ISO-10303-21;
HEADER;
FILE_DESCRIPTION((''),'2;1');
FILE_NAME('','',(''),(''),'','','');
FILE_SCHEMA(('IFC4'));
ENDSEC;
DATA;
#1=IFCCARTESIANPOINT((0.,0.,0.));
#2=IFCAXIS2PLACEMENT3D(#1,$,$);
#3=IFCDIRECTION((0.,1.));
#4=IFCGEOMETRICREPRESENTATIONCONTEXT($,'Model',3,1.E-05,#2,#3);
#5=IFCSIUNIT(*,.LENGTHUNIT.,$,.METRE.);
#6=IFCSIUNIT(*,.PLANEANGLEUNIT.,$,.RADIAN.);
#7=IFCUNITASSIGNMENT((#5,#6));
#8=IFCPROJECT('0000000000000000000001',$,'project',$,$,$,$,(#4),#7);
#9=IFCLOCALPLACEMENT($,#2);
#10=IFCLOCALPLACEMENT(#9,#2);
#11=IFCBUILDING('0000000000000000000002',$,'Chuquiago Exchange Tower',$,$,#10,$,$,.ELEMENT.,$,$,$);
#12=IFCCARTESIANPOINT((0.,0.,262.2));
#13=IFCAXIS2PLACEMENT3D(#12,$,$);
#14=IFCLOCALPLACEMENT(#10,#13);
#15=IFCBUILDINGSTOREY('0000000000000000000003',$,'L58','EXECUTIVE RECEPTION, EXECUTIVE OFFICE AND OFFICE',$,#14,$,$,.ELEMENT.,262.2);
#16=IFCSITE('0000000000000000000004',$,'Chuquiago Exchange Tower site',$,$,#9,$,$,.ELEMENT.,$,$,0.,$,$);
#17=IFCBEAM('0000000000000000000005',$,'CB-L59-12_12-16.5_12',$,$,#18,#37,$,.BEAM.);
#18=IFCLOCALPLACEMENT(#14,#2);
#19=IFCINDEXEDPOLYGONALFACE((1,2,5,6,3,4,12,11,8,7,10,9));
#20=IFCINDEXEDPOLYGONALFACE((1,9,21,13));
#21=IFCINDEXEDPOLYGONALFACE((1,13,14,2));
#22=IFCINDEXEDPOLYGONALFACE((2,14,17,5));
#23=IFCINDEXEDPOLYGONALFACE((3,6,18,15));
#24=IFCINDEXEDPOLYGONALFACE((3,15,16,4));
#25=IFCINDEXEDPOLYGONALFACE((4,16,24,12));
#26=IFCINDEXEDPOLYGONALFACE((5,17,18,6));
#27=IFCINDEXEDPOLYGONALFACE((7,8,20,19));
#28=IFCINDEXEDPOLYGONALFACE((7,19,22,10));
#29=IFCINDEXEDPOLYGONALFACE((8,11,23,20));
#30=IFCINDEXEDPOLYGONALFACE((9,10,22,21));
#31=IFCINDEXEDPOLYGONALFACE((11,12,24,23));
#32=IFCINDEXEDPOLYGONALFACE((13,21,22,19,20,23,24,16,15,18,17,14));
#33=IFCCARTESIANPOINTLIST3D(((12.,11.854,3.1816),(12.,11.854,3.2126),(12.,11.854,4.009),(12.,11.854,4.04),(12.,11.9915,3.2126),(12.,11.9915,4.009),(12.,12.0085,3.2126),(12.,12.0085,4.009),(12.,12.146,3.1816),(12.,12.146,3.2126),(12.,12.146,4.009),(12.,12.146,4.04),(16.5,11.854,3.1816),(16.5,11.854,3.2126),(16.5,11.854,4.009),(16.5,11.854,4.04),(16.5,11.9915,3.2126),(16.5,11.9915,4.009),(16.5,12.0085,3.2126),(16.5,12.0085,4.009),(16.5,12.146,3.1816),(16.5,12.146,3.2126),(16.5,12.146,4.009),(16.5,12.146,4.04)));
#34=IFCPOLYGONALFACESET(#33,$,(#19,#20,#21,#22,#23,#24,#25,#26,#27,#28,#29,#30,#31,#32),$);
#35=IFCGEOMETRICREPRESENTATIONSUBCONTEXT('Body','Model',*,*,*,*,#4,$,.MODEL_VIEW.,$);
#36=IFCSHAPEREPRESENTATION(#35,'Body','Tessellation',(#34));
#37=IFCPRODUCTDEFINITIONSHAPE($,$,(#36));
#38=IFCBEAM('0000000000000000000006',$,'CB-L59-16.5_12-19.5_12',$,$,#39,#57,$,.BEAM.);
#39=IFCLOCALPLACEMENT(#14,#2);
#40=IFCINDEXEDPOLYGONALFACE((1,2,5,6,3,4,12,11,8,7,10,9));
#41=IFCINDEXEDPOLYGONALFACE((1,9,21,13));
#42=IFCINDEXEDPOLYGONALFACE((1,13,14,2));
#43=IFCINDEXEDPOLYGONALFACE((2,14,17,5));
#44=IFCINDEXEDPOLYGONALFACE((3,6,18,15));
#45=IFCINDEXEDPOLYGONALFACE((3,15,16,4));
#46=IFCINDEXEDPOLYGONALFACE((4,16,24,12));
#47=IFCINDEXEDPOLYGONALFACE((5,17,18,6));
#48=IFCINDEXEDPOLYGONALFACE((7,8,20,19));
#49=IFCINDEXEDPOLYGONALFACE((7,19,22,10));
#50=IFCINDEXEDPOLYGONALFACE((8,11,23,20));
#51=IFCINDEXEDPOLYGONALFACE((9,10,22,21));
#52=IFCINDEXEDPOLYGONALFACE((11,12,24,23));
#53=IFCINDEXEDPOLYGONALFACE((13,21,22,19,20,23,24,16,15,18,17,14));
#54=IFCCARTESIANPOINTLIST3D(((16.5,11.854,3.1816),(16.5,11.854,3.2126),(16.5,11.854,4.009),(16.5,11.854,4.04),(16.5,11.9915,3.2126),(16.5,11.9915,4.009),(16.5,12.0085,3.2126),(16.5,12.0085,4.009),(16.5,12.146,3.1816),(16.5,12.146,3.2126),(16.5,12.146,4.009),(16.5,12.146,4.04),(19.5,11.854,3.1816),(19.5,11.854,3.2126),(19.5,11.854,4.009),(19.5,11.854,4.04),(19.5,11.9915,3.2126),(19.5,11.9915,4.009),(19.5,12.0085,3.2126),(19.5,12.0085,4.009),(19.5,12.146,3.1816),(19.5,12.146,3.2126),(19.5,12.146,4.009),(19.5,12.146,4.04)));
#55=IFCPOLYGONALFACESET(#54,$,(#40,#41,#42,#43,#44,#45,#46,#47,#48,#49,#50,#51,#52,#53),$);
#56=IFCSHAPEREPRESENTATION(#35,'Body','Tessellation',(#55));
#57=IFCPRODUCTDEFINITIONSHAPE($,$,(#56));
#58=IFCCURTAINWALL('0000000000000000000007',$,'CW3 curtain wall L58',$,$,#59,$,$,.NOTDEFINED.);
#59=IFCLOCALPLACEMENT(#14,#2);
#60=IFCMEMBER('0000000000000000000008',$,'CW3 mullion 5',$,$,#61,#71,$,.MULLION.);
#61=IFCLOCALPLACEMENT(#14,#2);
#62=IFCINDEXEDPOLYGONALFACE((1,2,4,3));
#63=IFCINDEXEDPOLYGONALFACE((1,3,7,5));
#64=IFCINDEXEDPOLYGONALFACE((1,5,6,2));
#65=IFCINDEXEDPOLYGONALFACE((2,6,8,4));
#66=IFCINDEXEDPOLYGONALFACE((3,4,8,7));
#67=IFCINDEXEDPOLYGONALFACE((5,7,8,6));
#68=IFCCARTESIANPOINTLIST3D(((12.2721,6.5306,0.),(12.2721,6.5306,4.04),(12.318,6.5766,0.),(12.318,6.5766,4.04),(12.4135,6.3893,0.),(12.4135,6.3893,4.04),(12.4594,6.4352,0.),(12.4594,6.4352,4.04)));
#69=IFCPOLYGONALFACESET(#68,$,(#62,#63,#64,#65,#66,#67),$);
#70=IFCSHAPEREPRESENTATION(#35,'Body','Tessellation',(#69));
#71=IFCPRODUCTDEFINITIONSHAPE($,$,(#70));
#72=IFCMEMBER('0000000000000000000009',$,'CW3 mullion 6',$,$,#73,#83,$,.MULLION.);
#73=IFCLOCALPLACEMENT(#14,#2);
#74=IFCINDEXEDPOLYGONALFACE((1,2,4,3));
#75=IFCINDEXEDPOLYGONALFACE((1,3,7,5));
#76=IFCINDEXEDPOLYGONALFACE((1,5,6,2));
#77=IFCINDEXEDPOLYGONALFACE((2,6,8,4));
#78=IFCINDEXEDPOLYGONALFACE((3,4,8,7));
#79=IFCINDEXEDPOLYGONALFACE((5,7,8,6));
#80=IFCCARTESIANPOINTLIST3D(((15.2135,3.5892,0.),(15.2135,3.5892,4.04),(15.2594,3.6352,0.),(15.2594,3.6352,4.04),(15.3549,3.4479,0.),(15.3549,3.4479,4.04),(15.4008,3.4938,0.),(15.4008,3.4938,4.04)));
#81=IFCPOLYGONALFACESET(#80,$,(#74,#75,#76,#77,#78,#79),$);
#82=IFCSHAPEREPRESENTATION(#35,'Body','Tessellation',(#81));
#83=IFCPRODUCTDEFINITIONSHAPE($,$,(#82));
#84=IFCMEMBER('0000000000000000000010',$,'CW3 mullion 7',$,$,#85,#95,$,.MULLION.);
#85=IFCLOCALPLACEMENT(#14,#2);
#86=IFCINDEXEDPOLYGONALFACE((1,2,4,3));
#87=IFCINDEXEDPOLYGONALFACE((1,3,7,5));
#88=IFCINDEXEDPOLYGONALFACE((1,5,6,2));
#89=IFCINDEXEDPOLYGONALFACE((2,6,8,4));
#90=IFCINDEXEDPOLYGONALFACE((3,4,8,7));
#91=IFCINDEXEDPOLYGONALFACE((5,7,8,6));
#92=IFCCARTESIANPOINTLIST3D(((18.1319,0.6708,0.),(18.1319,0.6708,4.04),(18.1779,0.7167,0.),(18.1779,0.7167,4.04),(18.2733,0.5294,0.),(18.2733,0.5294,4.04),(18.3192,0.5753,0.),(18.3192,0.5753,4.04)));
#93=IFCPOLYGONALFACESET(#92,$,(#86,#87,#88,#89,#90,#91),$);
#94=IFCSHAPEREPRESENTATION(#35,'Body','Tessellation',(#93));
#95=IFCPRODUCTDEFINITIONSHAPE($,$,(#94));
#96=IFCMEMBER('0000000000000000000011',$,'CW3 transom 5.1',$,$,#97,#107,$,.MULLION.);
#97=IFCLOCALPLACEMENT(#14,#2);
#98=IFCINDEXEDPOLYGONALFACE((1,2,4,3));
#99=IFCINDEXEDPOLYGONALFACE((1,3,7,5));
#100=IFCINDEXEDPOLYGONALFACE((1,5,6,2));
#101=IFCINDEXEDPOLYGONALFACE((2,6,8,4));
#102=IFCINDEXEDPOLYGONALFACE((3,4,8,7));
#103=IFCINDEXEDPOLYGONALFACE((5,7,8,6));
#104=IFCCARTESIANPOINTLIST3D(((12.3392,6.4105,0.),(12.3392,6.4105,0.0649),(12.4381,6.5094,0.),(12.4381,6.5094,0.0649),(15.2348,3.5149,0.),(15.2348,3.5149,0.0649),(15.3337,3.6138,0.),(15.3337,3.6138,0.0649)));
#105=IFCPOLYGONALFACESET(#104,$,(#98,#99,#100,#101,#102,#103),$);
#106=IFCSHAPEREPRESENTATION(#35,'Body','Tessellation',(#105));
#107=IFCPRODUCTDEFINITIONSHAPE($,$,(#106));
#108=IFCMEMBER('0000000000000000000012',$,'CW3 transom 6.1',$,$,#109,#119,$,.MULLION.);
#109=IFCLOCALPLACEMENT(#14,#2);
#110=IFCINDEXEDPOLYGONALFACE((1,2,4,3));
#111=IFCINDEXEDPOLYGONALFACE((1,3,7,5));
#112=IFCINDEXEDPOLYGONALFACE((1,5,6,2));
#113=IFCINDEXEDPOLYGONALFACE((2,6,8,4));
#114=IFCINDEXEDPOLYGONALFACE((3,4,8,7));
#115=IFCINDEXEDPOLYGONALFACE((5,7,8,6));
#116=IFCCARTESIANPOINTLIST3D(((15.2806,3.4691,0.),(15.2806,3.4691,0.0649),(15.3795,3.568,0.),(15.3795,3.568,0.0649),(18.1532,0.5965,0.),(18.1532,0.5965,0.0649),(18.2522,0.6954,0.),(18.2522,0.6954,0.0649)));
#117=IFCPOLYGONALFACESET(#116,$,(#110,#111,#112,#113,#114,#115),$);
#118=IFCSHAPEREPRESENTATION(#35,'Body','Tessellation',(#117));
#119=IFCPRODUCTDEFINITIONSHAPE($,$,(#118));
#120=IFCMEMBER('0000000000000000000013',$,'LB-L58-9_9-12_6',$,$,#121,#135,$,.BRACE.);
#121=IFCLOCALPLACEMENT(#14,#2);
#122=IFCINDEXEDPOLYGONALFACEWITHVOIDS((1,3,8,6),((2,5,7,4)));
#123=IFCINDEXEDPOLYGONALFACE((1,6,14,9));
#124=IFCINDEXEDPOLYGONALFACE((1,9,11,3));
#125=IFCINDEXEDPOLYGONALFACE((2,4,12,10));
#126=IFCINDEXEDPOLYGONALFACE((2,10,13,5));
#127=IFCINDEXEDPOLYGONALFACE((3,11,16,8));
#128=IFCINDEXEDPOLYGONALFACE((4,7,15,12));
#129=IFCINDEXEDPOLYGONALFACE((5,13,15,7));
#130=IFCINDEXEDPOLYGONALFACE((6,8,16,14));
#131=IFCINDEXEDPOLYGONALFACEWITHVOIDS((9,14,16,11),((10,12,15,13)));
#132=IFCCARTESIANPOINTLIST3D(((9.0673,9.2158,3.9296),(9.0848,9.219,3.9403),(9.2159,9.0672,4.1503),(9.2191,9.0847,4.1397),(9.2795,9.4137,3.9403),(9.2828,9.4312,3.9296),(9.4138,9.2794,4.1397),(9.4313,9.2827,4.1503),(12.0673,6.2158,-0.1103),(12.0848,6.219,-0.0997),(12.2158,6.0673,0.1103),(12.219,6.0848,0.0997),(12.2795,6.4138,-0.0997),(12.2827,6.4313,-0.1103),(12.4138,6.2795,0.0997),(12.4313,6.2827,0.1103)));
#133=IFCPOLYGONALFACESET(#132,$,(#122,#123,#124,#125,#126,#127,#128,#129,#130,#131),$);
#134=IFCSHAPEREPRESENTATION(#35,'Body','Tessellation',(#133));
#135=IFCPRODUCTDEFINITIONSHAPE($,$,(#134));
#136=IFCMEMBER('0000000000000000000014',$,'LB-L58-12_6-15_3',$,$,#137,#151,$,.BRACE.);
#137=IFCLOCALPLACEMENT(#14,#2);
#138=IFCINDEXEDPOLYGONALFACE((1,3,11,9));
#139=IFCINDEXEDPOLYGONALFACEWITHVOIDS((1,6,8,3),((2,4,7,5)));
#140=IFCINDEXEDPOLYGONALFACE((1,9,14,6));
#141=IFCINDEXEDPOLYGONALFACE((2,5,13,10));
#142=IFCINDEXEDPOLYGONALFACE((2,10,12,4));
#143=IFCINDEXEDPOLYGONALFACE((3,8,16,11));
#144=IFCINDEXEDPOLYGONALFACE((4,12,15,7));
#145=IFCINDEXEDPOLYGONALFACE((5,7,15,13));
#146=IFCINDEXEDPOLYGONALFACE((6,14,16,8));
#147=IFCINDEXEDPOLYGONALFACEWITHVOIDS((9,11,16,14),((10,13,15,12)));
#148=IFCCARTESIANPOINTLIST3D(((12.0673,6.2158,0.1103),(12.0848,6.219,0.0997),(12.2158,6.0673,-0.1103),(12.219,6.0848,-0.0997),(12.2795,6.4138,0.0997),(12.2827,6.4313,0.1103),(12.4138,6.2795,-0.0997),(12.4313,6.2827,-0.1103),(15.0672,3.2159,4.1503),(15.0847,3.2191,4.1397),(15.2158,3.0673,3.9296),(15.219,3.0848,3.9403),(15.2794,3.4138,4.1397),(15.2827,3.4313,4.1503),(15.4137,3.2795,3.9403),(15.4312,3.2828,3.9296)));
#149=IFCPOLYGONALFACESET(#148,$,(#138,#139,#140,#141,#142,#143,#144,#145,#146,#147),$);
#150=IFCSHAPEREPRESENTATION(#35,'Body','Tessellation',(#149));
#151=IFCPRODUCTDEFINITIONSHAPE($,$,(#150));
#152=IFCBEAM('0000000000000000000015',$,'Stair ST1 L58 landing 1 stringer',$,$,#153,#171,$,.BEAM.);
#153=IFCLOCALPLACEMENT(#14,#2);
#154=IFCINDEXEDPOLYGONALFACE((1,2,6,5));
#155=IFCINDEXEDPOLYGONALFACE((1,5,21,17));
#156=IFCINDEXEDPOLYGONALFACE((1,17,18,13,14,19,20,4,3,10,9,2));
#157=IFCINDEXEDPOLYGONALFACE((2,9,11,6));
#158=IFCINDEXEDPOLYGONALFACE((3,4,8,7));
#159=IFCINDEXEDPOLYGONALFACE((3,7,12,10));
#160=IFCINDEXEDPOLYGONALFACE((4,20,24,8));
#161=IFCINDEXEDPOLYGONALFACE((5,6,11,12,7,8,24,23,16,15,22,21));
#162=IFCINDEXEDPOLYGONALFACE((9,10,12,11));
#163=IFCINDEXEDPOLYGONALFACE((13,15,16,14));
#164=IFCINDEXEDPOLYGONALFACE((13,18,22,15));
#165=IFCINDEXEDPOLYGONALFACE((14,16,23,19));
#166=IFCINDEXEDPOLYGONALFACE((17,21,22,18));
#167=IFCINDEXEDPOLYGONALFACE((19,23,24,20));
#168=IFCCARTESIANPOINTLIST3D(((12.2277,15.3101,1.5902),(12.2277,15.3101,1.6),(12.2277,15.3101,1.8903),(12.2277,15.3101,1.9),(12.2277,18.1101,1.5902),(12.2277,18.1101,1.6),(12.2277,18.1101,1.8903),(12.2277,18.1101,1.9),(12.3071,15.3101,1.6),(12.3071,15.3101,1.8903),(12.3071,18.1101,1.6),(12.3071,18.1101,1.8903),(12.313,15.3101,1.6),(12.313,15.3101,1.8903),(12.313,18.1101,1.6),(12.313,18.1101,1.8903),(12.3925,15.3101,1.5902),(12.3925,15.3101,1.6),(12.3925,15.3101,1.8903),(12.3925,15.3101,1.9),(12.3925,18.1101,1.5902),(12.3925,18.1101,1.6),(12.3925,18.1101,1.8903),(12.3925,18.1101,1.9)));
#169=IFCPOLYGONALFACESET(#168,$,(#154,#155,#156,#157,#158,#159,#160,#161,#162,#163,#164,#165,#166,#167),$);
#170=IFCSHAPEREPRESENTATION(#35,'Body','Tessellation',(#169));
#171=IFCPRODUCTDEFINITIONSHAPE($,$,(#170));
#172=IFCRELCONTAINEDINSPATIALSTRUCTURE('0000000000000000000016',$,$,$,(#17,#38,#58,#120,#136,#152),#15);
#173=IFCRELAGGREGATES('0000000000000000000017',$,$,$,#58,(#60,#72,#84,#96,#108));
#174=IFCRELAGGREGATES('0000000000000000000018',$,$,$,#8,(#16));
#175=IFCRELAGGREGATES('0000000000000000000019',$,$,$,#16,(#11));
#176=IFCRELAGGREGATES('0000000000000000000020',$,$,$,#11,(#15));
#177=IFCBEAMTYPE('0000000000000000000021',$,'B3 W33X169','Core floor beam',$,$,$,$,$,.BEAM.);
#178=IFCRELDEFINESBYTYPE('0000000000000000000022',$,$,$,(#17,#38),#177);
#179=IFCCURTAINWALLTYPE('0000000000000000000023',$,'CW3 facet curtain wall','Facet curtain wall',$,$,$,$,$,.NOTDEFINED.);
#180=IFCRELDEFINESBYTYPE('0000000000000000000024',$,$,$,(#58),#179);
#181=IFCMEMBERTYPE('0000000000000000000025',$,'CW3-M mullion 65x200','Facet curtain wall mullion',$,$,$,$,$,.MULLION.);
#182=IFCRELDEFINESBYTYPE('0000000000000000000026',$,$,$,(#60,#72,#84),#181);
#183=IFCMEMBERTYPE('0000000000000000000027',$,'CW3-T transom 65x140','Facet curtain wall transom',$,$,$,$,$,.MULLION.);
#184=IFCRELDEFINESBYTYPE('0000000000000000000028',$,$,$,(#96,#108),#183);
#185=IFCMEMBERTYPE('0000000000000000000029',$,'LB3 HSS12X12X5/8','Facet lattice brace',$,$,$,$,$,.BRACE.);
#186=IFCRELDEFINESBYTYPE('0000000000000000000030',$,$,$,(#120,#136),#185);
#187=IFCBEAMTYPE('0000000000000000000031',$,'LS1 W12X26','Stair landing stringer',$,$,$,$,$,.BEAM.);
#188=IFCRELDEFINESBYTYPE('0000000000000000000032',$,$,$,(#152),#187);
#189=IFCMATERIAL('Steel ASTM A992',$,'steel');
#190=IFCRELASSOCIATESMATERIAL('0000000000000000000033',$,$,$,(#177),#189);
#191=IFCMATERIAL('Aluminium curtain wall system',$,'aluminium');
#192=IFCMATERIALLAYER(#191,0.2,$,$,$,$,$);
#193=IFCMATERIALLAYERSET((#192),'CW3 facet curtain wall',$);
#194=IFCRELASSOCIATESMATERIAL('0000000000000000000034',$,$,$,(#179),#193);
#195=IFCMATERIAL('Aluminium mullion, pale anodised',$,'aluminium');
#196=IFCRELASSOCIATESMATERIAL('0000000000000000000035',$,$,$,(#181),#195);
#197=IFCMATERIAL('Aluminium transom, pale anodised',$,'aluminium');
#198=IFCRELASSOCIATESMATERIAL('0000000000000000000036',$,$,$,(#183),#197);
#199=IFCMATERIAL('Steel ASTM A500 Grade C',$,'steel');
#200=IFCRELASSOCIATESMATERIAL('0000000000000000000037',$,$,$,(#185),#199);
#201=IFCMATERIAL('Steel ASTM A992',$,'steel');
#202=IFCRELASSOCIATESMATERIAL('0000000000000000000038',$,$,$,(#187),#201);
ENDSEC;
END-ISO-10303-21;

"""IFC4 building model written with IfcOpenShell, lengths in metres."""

from ifc_helpers import new_model, si_unit, direction, frame, origin, origin_2d, place, context, subcontext, project, spatial, rectangle, hollow_rectangle, i_section, extrude, material, layer, layer_set, material_profile, profile_set, type_object, element, aggregate, save


model = new_model("IFC4")

# Units and contexts
model_context = context("Model", 3, precision=1e-05, world=origin(), true_north=direction((0.0, 1.0)))
body_context = subcontext(model_context, "Body", "Model", "MODEL_VIEW")
ifc_project = project(units=[si_unit("LENGTHUNIT", "METRE"), si_unit("PLANEANGLEUNIT", "RADIAN")], contexts=[model_context])

# Site, building, storey
site_placement = place(None, origin())
site = spatial("IfcSite", under=ifc_project, at=site_placement, Name="Chuquiago Exchange Tower site", CompositionType="ELEMENT", RefElevation=0.0)
building_placement = place(site_placement, origin())
building = spatial("IfcBuilding", under=site, at=building_placement, Name="Chuquiago Exchange Tower", CompositionType="ELEMENT")
storey_placement = place(building_placement, frame((0.0, 0.0, 262.2)))
storey = spatial("IfcBuildingStorey", under=building, at=storey_placement, Name="L58", Description="EXECUTIVE RECEPTION, EXECUTIVE OFFICE AND OFFICE", CompositionType="ELEMENT", Elevation=262.2)

# Beams
ifc_material_1 = material(Name="Steel ASTM A992", Category="steel")
ifc_material_profile_1 = material_profile(ifc_material_1, i_section(OverallWidth=0.292, OverallDepth=0.8584, WebThickness=0.0171, FlangeThickness=0.031, at=origin_2d()), Name="W33X169")
ifc_profile_set_1 = profile_set([ifc_material_profile_1], Name="Steel ASTM A992")
beam_type_1 = type_object("IfcBeamType", Name="B3 W33X169", Description="Core floor beam", PredefinedType="BEAM", material=ifc_profile_set_1)
beam_1_placement = place(storey_placement, frame((12.0, 12.0, 3.6108), z_axis=(1.0, 0.0, 0.0), x_axis=(0.0, 1.0, 0.0)))
element("IfcBeam", 1, at=beam_1_placement, inside=storey, type_object=beam_type_1, Name="CB-L59-12_12-16.5_12", PredefinedType="BEAM", context=body_context, shape_type="SweptSolid", body=[
    extrude(i_section(OverallWidth=0.292, OverallDepth=0.8584, WebThickness=0.0171, FlangeThickness=0.031, at=origin_2d()), origin(), (0.0, 0.0, 1.0), 4.5),
])
beam_2_placement = place(storey_placement, frame((16.5, 12.0, 3.6108), z_axis=(1.0, 0.0, 0.0), x_axis=(0.0, 1.0, 0.0)))
element("IfcBeam", 2, at=beam_2_placement, inside=storey, type_object=beam_type_1, Name="CB-L59-16.5_12-19.5_12", PredefinedType="BEAM", context=body_context, shape_type="SweptSolid", body=[
    extrude(i_section(OverallWidth=0.292, OverallDepth=0.8584, WebThickness=0.0171, FlangeThickness=0.031, at=origin_2d()), origin(), (0.0, 0.0, 1.0), 3.0),
])

# Curtain wall, members
ifc_material_2 = material(Name="Aluminium curtain wall system", Category="aluminium")
ifc_layer_1 = layer(ifc_material_2, 0.2)
ifc_layer_set_1 = layer_set([ifc_layer_1], Name="CW3 facet curtain wall")
curtain_wall_type = type_object("IfcCurtainWallType", Name="CW3 facet curtain wall", Description="Facet curtain wall", PredefinedType="NOTDEFINED", material=ifc_layer_set_1)
curtain_wall_placement = place(storey_placement, origin())
curtain_wall = element("IfcCurtainWall", 3, at=curtain_wall_placement, inside=storey, type_object=curtain_wall_type, Name="CW3 curtain wall L58", PredefinedType="NOTDEFINED")
ifc_material_3 = material(Name="Aluminium mullion, pale anodised", Category="aluminium")
ifc_material_profile_2 = material_profile(ifc_material_3, rectangle(XDim=0.0649, YDim=0.2, at=origin_2d()), Name="AL 65x200")
ifc_profile_set_2 = profile_set([ifc_material_profile_2], Name="Aluminium mullion, pale anodised")
member_type_1 = type_object("IfcMemberType", Name="CW3-M mullion 65x200", Description="Facet curtain wall mullion", PredefinedType="MULLION", material=ifc_profile_set_2)
member_1_placement = place(storey_placement, frame((12.3657, 6.4829, 0.0), z_axis=(0.0, 0.0, 1.0), x_axis=(0.707107, 0.707107, 0.0)))
member_1 = element("IfcMember", 4, at=member_1_placement, type_object=member_type_1, Name="CW3 mullion 5", PredefinedType="MULLION", context=body_context, shape_type="SweptSolid", body=[
    extrude(rectangle(XDim=0.0649, YDim=0.2, at=origin_2d()), origin(), (0.0, 0.0, 1.0), 4.04),
])
member_2_placement = place(storey_placement, frame((15.3071, 3.5415, 0.0), z_axis=(0.0, 0.0, 1.0), x_axis=(0.707107, 0.707107, 0.0)))
member_2 = element("IfcMember", 5, at=member_2_placement, type_object=member_type_1, Name="CW3 mullion 6", PredefinedType="MULLION", context=body_context, shape_type="SweptSolid", body=[
    extrude(rectangle(XDim=0.0649, YDim=0.2, at=origin_2d()), origin(), (0.0, 0.0, 1.0), 4.04),
])
member_3_placement = place(storey_placement, frame((18.2256, 0.623, 0.0), z_axis=(0.0, 0.0, 1.0), x_axis=(0.707107, 0.707107, 0.0)))
member_3 = element("IfcMember", 6, at=member_3_placement, type_object=member_type_1, Name="CW3 mullion 7", PredefinedType="MULLION", context=body_context, shape_type="SweptSolid", body=[
    extrude(rectangle(XDim=0.0649, YDim=0.2, at=origin_2d()), origin(), (0.0, 0.0, 1.0), 4.04),
])
ifc_material_4 = material(Name="Aluminium transom, pale anodised", Category="aluminium")
ifc_material_profile_3 = material_profile(ifc_material_4, rectangle(XDim=0.1399, YDim=0.0649, at=origin_2d()), Name="AL 140x65")
ifc_profile_set_3 = profile_set([ifc_material_profile_3], Name="Aluminium transom, pale anodised")
member_type_2 = type_object("IfcMemberType", Name="CW3-T transom 65x140", Description="Facet curtain wall transom", PredefinedType="MULLION", material=ifc_profile_set_3)
member_4_placement = place(storey_placement, frame((12.3887, 6.46, 0.0325), z_axis=(0.707107, -0.707107, 0.0), x_axis=(0.707107, 0.707107, 0.0)))
member_4 = element("IfcMember", 7, at=member_4_placement, type_object=member_type_2, Name="CW3 transom 5.1", PredefinedType="MULLION", context=body_context, shape_type="SweptSolid", body=[
    extrude(rectangle(XDim=0.1399, YDim=0.0649, at=origin_2d()), origin(), (0.0, 0.0, 1.0), 4.095),
])
member_5_placement = place(storey_placement, frame((15.3301, 3.5186, 0.0325), z_axis=(0.707107, -0.707107, 0.0), x_axis=(0.707107, 0.707107, 0.0)))
member_5 = element("IfcMember", 8, at=member_5_placement, type_object=member_type_2, Name="CW3 transom 6.1", PredefinedType="MULLION", context=body_context, shape_type="SweptSolid", body=[
    extrude(rectangle(XDim=0.1399, YDim=0.0649, at=origin_2d()), origin(), (0.0, 0.0, 1.0), 4.0625),
])

# Members
ifc_material_5 = material(Name="Steel ASTM A500 Grade C", Category="steel")
ifc_material_profile_4 = material_profile(ifc_material_5, hollow_rectangle(XDim=0.3047, YDim=0.3047, WallThickness=0.0146, at=origin_2d()), Name="HSS12X12X5/8")
ifc_profile_set_4 = profile_set([ifc_material_profile_4], Name="Steel ASTM A500 Grade C")
member_type_3 = type_object("IfcMemberType", Name="LB3 HSS12X12X5/8", Description="Facet lattice brace", PredefinedType="BRACE", material=ifc_profile_set_4)
for number, where, z_axis, x_axis, name in (
    (9, (12.2493, 6.2493, 0.0), (-0.512077, 0.512077, 0.689604), (-0.707107, -0.707107, 0.0), "LB-L58-9_9-12_6"),
    (10, (12.2493, 6.2493, 0.0), (0.512077, -0.512077, 0.689604), (0.707107, 0.707107, 0.0), "LB-L58-12_6-15_3"),
):
    element("IfcMember", number, at=place(storey_placement, frame(where, z_axis=z_axis, x_axis=x_axis)), inside=storey, type_object=member_type_3, Name=name, PredefinedType="BRACE", context=body_context, shape_type="SweptSolid", body=[
        extrude(hollow_rectangle(XDim=0.3047, YDim=0.3047, WallThickness=0.0146, at=origin_2d()), origin(), (0.0, 0.0, 1.0), 5.8584),
    ])

# Beam
ifc_material_6 = material(Name="Steel ASTM A992", Category="steel")
ifc_material_profile_5 = material_profile(ifc_material_6, i_section(OverallWidth=0.1648, OverallDepth=0.3098, WebThickness=0.0059, FlangeThickness=0.0098, at=origin_2d()), Name="W12X26")
ifc_profile_set_5 = profile_set([ifc_material_profile_5], Name="Steel ASTM A992")
beam_type_2 = type_object("IfcBeamType", Name="LS1 W12X26", Description="Stair landing stringer", PredefinedType="BEAM", material=ifc_profile_set_5)
beam_3_placement = place(storey_placement, frame((12.3101, 15.3101, 1.7451), z_axis=(0.0, 1.0, 0.0), x_axis=(-1.0, 0.0, 0.0)))
element("IfcBeam", 11, at=beam_3_placement, inside=storey, type_object=beam_type_2, Name="Stair ST1 L58 landing 1 stringer", PredefinedType="BEAM", context=body_context, shape_type="SweptSolid", body=[
    extrude(i_section(OverallWidth=0.1648, OverallDepth=0.3098, WebThickness=0.0059, FlangeThickness=0.0098, at=origin_2d()), origin(), (0.0, 0.0, 1.0), 2.8),
])

aggregate(curtain_wall, [member_1, member_2, member_3, member_4, member_5])

save(model, "model.ifc")
